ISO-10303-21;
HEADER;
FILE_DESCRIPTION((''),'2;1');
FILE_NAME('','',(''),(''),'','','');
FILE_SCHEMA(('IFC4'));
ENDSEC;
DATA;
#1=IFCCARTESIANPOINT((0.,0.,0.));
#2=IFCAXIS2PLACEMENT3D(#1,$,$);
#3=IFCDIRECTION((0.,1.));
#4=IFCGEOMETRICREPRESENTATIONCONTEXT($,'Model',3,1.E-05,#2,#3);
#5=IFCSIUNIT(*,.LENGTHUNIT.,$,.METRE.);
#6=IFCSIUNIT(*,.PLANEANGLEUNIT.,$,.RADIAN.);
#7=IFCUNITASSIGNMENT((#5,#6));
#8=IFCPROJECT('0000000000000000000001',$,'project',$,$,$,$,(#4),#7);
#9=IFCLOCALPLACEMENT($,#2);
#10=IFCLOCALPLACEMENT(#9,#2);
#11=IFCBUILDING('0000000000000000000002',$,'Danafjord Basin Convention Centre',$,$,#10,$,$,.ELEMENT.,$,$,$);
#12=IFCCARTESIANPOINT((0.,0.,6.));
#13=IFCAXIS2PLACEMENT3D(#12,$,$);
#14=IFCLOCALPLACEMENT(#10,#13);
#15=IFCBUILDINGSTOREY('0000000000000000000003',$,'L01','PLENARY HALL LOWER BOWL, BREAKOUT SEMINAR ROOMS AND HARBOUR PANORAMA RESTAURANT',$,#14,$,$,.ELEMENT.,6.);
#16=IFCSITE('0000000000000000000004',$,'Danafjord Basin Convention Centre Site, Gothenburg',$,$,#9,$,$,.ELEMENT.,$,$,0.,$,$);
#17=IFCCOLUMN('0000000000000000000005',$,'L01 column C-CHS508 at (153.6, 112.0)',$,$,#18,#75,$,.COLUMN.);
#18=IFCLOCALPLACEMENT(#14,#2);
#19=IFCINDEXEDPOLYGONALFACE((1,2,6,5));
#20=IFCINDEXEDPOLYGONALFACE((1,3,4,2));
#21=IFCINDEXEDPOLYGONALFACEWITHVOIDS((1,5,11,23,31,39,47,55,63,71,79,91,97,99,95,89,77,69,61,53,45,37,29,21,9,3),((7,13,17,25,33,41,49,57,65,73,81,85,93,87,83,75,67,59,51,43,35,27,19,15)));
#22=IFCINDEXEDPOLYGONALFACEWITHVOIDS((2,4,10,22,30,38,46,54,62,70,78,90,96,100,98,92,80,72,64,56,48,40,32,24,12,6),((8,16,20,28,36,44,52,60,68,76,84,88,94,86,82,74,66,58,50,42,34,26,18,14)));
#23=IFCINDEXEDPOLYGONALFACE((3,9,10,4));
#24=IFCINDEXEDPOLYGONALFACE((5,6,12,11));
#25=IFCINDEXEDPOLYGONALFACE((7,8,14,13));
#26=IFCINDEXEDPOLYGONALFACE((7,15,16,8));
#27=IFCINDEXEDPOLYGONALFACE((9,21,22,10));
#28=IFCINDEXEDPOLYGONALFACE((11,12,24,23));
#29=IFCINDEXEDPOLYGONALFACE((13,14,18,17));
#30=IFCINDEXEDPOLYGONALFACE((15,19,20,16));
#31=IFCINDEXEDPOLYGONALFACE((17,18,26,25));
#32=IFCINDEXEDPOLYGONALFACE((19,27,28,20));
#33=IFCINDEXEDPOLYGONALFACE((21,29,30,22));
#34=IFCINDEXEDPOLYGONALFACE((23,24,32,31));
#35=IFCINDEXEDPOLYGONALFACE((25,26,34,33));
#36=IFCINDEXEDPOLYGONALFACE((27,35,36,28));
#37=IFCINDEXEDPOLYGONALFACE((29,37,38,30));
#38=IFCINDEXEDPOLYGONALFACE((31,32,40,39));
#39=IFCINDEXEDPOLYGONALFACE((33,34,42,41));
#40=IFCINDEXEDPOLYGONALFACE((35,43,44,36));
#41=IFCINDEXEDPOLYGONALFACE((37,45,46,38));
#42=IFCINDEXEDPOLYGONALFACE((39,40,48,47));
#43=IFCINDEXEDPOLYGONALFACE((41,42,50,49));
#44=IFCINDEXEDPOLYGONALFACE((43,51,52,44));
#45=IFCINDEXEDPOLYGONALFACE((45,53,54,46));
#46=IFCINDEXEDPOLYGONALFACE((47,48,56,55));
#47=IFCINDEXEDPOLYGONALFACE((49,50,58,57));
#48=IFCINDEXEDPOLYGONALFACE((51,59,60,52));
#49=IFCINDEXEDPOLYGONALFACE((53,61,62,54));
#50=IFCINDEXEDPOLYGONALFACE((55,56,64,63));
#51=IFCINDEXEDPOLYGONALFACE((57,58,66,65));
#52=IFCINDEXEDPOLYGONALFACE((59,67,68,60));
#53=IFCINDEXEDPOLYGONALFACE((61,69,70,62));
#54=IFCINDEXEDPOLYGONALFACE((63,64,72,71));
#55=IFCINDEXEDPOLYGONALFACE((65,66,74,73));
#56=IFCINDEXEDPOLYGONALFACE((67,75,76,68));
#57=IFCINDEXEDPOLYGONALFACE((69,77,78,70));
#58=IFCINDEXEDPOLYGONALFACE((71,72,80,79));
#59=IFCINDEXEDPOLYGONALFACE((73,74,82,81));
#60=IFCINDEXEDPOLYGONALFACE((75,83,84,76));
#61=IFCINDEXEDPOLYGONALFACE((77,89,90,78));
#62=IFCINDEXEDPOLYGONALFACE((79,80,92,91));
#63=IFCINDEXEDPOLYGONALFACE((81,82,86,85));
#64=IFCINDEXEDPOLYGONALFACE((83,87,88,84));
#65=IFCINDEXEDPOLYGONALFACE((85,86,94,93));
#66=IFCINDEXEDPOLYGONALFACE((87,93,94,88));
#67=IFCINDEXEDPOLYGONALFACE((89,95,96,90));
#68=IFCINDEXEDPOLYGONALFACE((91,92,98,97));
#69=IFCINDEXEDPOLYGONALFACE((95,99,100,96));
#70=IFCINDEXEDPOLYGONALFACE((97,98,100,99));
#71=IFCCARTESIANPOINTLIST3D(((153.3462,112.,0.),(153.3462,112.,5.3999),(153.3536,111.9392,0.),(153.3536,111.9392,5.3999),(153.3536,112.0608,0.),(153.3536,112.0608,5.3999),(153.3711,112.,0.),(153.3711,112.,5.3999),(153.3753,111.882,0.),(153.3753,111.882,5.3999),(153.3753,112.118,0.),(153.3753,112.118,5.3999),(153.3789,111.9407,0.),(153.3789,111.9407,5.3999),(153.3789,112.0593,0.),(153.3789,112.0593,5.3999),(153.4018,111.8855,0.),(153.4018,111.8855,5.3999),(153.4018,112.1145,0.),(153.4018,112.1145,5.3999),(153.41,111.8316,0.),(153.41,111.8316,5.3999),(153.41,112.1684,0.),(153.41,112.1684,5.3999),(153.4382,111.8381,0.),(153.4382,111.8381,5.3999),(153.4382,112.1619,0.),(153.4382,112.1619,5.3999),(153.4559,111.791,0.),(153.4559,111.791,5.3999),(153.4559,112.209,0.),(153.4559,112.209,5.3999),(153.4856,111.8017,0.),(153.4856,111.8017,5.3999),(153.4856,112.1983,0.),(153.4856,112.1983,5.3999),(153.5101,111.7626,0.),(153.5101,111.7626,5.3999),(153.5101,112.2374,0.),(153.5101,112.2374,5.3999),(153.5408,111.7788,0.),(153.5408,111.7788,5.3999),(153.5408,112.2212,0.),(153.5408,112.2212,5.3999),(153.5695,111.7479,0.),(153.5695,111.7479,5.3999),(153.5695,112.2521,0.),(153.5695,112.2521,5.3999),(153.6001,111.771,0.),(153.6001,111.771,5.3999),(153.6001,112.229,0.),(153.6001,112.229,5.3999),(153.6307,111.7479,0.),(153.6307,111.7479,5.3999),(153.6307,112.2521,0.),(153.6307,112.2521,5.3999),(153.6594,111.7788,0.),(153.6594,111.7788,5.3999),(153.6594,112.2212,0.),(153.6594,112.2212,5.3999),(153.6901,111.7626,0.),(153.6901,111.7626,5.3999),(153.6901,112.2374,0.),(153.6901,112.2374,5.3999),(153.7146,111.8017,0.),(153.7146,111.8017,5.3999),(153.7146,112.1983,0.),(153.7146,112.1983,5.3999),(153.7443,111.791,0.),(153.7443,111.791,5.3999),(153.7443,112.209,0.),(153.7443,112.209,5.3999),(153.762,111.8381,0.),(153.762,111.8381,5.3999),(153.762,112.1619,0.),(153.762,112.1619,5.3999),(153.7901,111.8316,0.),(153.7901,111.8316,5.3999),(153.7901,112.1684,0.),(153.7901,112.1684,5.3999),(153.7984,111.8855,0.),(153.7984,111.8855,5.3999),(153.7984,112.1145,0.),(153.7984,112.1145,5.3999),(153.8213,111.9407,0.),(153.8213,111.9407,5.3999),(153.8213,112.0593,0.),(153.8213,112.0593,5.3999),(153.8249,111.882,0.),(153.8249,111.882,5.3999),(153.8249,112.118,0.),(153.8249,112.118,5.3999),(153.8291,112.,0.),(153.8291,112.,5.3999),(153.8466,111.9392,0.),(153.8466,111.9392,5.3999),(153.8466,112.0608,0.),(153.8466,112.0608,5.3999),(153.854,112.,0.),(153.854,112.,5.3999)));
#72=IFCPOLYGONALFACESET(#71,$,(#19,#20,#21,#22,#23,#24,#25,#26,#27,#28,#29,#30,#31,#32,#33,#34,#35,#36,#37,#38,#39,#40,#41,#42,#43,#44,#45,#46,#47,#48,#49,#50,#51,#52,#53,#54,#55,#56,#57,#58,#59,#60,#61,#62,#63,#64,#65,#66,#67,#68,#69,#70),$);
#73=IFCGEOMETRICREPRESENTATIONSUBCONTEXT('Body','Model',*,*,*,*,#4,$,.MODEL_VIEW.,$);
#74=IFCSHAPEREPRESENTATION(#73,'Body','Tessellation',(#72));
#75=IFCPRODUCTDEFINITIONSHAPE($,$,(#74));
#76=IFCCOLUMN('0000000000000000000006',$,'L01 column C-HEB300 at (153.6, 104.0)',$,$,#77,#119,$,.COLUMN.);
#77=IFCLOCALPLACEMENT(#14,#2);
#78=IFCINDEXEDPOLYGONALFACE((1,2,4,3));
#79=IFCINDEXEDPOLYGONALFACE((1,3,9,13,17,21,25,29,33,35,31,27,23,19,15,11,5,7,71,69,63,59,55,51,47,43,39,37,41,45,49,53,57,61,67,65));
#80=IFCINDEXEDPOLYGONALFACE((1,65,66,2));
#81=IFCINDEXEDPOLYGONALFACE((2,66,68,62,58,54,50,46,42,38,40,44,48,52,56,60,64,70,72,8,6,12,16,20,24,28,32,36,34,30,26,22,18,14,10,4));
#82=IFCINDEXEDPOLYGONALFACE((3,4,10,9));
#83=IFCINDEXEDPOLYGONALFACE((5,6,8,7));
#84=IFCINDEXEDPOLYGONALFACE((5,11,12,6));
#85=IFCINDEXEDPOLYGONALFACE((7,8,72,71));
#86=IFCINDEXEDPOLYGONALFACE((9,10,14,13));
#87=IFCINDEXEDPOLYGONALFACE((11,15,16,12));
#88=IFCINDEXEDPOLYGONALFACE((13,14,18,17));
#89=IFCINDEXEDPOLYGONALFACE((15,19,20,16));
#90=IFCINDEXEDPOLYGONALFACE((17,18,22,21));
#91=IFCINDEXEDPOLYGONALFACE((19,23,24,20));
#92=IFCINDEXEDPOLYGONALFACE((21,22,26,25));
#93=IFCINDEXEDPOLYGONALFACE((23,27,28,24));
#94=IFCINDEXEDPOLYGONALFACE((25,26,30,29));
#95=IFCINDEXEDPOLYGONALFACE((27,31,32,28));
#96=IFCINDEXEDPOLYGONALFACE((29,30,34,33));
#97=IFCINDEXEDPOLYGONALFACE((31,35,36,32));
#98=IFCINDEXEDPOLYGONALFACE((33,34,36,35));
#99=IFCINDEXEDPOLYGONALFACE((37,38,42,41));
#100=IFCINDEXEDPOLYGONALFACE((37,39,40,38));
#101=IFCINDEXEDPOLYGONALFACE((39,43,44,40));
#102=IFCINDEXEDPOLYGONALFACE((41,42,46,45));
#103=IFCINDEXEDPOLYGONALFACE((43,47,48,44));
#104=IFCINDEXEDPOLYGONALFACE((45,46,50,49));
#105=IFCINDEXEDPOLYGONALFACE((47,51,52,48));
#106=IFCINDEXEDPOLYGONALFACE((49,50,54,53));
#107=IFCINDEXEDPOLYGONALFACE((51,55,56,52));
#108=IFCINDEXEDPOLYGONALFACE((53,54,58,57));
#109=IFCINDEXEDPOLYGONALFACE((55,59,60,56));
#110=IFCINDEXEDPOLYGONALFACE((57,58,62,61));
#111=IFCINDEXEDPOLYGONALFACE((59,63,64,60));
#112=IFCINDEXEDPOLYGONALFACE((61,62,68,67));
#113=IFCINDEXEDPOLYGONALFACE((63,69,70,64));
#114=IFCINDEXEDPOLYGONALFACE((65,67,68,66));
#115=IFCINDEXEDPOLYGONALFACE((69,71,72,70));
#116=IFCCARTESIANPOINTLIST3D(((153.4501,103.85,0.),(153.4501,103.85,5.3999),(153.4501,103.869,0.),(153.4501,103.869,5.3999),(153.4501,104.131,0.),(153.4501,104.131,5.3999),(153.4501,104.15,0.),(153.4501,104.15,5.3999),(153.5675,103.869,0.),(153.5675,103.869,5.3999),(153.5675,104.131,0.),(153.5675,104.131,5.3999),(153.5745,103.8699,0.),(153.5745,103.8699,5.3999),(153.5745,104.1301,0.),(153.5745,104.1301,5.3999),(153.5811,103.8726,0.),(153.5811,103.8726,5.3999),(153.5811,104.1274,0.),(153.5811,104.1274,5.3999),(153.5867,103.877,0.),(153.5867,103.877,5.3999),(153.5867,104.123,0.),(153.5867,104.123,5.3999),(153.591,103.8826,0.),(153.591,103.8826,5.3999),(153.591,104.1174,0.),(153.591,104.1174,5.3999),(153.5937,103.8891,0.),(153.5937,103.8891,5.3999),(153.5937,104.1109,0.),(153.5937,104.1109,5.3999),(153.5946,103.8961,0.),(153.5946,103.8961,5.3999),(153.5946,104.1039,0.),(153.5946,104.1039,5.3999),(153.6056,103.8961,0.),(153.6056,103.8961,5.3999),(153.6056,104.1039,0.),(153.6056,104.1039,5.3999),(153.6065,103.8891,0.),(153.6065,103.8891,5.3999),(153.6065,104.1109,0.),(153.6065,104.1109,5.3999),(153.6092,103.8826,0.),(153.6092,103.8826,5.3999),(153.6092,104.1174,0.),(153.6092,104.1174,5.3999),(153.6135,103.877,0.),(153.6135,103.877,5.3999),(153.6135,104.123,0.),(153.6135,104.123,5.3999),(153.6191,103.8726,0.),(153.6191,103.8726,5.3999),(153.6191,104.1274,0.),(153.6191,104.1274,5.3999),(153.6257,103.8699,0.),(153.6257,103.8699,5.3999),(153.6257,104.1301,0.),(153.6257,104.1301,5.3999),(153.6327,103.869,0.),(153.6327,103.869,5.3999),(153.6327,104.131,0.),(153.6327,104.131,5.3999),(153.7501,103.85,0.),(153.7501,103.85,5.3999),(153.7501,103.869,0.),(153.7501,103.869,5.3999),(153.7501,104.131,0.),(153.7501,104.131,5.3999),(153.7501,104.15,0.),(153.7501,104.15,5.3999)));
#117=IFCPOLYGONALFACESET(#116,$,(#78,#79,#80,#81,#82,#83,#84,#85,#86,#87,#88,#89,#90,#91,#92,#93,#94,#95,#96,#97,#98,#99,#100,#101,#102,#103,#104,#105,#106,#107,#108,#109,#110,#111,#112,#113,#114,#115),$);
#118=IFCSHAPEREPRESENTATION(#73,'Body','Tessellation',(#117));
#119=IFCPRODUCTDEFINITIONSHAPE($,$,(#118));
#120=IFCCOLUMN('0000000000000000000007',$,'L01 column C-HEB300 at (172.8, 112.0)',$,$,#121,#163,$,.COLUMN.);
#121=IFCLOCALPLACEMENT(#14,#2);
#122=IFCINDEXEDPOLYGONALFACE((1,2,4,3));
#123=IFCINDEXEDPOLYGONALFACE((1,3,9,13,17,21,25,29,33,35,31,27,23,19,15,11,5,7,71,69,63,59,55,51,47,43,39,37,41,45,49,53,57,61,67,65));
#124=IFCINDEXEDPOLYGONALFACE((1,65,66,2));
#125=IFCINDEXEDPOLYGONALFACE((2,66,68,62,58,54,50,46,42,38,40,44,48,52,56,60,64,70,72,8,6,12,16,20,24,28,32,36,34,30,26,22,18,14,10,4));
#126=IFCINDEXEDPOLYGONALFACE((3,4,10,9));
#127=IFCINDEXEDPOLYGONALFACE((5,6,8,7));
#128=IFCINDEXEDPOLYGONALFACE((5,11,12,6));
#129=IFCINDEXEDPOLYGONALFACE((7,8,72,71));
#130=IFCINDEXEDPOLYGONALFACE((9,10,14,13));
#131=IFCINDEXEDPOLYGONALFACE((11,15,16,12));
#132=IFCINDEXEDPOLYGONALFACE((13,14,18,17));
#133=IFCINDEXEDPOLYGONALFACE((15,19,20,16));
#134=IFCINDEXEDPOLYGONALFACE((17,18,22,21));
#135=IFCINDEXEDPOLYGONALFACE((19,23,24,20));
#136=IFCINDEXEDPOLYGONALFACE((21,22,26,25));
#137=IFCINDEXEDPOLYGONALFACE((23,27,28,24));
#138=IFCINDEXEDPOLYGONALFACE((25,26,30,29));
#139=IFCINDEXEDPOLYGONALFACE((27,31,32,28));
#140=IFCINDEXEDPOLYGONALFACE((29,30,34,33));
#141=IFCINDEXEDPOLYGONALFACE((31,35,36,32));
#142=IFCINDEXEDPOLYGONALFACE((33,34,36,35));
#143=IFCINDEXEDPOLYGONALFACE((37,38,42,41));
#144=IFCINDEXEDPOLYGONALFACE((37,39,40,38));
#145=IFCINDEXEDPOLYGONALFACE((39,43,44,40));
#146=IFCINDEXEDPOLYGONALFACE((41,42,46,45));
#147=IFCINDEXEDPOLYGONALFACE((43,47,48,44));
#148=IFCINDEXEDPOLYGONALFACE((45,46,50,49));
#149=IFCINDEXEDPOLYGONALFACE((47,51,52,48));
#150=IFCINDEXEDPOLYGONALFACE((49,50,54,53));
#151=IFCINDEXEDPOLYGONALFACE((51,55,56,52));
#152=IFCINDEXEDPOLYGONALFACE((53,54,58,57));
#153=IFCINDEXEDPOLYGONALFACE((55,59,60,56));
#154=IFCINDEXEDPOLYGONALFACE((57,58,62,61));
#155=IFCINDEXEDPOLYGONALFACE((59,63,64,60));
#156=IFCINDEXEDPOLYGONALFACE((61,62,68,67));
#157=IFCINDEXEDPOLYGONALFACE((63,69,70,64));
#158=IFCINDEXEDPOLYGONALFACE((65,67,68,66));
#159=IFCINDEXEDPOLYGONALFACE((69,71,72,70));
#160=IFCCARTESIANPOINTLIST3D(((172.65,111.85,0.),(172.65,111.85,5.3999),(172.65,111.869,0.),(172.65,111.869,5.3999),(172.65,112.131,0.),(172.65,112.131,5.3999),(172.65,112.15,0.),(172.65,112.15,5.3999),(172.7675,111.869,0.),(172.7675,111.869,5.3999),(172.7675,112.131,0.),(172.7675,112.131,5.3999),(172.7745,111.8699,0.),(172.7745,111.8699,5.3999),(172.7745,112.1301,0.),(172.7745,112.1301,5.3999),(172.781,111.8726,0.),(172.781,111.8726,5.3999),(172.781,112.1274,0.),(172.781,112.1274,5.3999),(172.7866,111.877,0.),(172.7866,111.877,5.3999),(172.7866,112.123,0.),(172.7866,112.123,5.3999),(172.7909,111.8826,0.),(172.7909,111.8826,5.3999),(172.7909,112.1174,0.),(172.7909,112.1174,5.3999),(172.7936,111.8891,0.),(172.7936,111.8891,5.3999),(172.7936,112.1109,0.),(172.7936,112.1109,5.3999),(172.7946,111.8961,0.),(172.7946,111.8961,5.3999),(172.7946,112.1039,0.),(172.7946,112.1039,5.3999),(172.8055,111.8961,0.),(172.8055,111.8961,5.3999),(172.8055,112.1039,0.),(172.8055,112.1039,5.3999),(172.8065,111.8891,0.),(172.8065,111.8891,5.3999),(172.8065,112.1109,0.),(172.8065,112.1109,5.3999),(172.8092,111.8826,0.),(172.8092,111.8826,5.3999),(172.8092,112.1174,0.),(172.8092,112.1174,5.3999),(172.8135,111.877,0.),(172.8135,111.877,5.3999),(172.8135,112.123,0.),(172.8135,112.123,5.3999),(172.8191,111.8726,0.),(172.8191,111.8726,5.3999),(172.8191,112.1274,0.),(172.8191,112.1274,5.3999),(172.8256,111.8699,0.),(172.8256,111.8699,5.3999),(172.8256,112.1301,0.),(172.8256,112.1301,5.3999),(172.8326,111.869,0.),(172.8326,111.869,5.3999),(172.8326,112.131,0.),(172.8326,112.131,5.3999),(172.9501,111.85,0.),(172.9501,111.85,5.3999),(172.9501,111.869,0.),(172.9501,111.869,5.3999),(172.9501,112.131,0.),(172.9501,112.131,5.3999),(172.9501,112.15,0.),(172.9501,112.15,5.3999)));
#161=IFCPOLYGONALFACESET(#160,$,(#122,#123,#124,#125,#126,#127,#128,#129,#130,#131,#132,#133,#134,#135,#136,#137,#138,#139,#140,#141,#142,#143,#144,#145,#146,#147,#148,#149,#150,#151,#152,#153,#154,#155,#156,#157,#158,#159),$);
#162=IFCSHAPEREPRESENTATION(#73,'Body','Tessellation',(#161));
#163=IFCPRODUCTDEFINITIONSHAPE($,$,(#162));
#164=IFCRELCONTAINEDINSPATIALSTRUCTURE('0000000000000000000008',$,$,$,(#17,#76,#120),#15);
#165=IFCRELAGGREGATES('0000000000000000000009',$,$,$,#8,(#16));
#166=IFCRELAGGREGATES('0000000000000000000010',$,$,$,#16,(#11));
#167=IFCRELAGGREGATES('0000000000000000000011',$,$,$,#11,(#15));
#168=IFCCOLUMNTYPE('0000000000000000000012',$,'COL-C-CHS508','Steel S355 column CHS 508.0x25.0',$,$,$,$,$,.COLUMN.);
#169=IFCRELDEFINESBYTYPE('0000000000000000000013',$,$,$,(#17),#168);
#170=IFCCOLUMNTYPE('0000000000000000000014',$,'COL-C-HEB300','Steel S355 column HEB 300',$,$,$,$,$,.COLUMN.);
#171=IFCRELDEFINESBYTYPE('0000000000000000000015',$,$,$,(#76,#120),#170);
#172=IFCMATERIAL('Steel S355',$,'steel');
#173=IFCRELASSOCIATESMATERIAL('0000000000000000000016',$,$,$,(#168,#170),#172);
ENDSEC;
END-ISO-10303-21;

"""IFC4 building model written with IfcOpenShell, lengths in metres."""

from ifc_helpers import new_model, si_unit, direction, frame, origin, origin_2d, place, context, subcontext, project, spatial, hollow_circle, i_section, extrude, material, material_profile, profile_set, type_object, element, save


model = new_model("IFC4")

# Units and contexts
model_context = context("Model", 3, precision=1e-05, world=origin(), true_north=direction((0.0, 1.0)))
body_context = subcontext(model_context, "Body", "Model", "MODEL_VIEW")
ifc_project = project(units=[si_unit("LENGTHUNIT", "METRE"), si_unit("PLANEANGLEUNIT", "RADIAN")], contexts=[model_context])

# Site, building, storey
site_placement = place(None, origin())
site = spatial("IfcSite", under=ifc_project, at=site_placement, Name="Danafjord Basin Convention Centre Site, Gothenburg", CompositionType="ELEMENT", RefElevation=0.0)
building_placement = place(site_placement, origin())
building = spatial("IfcBuilding", under=site, at=building_placement, Name="Danafjord Basin Convention Centre", CompositionType="ELEMENT")
storey_placement = place(building_placement, frame((0.0, 0.0, 6.0)))
storey = spatial("IfcBuildingStorey", under=building, at=storey_placement, Name="L01", Description="PLENARY HALL LOWER BOWL, BREAKOUT SEMINAR ROOMS AND HARBOUR PANORAMA RESTAURANT", CompositionType="ELEMENT", Elevation=6.0)

# Columns
ifc_material = material(Name="Steel S355", Category="steel")
ifc_material_profile_1 = material_profile(ifc_material, hollow_circle(Radius=0.2539, WallThickness=0.0249, at=origin_2d()), Name="CHS 508.0x25.0")
ifc_profile_set_1 = profile_set([ifc_material_profile_1], Name="Steel S355")
column_type_1 = type_object("IfcColumnType", Name="COL-C-CHS508", Description="Steel S355 column CHS 508.0x25.0", PredefinedType="COLUMN", material=ifc_profile_set_1)
column_1_placement = place(storey_placement, frame((153.6001, 112.0, 0.0), z_axis=(0.0, 0.0, 1.0), x_axis=(1.0, 0.0, 0.0)))
element("IfcColumn", 1, at=column_1_placement, inside=storey, type_object=column_type_1, Name="L01 column C-CHS508 at (153.6, 112.0)", PredefinedType="COLUMN", context=body_context, shape_type="SweptSolid", body=[
    extrude(hollow_circle(Radius=0.2539, WallThickness=0.0249, at=origin_2d()), origin(), (0.0, 0.0, 1.0), 5.3999),
])
ifc_material_profile_2 = material_profile(ifc_material, i_section(OverallWidth=0.3, OverallDepth=0.3, WebThickness=0.011, FlangeThickness=0.019, FilletRadius=0.0271, at=origin_2d()), Name="HEB 300")
ifc_profile_set_2 = profile_set([ifc_material_profile_2], Name="Steel S355")
column_type_2 = type_object("IfcColumnType", Name="COL-C-HEB300", Description="Steel S355 column HEB 300", PredefinedType="COLUMN", material=ifc_profile_set_2)
for number, where, z_axis, x_axis, name in (
    (2, (153.6001, 104.0, 0.0), (0.0, 0.0, 1.0), (1.0, 0.0, 0.0), "L01 column C-HEB300 at (153.6, 104.0)"),
    (3, (172.8, 112.0, 0.0), (0.0, 0.0, 1.0), (1.0, 0.0, 0.0), "L01 column C-HEB300 at (172.8, 112.0)"),
):
    element("IfcColumn", number, at=place(storey_placement, frame(where, z_axis=z_axis, x_axis=x_axis)), inside=storey, type_object=column_type_2, Name=name, PredefinedType="COLUMN", context=body_context, shape_type="SweptSolid", body=[
        extrude(i_section(OverallWidth=0.3, OverallDepth=0.3, WebThickness=0.011, FlangeThickness=0.019, FilletRadius=0.0271, at=origin_2d()), origin(), (0.0, 0.0, 1.0), 5.3999),
    ])

save(model, "model.ifc")
